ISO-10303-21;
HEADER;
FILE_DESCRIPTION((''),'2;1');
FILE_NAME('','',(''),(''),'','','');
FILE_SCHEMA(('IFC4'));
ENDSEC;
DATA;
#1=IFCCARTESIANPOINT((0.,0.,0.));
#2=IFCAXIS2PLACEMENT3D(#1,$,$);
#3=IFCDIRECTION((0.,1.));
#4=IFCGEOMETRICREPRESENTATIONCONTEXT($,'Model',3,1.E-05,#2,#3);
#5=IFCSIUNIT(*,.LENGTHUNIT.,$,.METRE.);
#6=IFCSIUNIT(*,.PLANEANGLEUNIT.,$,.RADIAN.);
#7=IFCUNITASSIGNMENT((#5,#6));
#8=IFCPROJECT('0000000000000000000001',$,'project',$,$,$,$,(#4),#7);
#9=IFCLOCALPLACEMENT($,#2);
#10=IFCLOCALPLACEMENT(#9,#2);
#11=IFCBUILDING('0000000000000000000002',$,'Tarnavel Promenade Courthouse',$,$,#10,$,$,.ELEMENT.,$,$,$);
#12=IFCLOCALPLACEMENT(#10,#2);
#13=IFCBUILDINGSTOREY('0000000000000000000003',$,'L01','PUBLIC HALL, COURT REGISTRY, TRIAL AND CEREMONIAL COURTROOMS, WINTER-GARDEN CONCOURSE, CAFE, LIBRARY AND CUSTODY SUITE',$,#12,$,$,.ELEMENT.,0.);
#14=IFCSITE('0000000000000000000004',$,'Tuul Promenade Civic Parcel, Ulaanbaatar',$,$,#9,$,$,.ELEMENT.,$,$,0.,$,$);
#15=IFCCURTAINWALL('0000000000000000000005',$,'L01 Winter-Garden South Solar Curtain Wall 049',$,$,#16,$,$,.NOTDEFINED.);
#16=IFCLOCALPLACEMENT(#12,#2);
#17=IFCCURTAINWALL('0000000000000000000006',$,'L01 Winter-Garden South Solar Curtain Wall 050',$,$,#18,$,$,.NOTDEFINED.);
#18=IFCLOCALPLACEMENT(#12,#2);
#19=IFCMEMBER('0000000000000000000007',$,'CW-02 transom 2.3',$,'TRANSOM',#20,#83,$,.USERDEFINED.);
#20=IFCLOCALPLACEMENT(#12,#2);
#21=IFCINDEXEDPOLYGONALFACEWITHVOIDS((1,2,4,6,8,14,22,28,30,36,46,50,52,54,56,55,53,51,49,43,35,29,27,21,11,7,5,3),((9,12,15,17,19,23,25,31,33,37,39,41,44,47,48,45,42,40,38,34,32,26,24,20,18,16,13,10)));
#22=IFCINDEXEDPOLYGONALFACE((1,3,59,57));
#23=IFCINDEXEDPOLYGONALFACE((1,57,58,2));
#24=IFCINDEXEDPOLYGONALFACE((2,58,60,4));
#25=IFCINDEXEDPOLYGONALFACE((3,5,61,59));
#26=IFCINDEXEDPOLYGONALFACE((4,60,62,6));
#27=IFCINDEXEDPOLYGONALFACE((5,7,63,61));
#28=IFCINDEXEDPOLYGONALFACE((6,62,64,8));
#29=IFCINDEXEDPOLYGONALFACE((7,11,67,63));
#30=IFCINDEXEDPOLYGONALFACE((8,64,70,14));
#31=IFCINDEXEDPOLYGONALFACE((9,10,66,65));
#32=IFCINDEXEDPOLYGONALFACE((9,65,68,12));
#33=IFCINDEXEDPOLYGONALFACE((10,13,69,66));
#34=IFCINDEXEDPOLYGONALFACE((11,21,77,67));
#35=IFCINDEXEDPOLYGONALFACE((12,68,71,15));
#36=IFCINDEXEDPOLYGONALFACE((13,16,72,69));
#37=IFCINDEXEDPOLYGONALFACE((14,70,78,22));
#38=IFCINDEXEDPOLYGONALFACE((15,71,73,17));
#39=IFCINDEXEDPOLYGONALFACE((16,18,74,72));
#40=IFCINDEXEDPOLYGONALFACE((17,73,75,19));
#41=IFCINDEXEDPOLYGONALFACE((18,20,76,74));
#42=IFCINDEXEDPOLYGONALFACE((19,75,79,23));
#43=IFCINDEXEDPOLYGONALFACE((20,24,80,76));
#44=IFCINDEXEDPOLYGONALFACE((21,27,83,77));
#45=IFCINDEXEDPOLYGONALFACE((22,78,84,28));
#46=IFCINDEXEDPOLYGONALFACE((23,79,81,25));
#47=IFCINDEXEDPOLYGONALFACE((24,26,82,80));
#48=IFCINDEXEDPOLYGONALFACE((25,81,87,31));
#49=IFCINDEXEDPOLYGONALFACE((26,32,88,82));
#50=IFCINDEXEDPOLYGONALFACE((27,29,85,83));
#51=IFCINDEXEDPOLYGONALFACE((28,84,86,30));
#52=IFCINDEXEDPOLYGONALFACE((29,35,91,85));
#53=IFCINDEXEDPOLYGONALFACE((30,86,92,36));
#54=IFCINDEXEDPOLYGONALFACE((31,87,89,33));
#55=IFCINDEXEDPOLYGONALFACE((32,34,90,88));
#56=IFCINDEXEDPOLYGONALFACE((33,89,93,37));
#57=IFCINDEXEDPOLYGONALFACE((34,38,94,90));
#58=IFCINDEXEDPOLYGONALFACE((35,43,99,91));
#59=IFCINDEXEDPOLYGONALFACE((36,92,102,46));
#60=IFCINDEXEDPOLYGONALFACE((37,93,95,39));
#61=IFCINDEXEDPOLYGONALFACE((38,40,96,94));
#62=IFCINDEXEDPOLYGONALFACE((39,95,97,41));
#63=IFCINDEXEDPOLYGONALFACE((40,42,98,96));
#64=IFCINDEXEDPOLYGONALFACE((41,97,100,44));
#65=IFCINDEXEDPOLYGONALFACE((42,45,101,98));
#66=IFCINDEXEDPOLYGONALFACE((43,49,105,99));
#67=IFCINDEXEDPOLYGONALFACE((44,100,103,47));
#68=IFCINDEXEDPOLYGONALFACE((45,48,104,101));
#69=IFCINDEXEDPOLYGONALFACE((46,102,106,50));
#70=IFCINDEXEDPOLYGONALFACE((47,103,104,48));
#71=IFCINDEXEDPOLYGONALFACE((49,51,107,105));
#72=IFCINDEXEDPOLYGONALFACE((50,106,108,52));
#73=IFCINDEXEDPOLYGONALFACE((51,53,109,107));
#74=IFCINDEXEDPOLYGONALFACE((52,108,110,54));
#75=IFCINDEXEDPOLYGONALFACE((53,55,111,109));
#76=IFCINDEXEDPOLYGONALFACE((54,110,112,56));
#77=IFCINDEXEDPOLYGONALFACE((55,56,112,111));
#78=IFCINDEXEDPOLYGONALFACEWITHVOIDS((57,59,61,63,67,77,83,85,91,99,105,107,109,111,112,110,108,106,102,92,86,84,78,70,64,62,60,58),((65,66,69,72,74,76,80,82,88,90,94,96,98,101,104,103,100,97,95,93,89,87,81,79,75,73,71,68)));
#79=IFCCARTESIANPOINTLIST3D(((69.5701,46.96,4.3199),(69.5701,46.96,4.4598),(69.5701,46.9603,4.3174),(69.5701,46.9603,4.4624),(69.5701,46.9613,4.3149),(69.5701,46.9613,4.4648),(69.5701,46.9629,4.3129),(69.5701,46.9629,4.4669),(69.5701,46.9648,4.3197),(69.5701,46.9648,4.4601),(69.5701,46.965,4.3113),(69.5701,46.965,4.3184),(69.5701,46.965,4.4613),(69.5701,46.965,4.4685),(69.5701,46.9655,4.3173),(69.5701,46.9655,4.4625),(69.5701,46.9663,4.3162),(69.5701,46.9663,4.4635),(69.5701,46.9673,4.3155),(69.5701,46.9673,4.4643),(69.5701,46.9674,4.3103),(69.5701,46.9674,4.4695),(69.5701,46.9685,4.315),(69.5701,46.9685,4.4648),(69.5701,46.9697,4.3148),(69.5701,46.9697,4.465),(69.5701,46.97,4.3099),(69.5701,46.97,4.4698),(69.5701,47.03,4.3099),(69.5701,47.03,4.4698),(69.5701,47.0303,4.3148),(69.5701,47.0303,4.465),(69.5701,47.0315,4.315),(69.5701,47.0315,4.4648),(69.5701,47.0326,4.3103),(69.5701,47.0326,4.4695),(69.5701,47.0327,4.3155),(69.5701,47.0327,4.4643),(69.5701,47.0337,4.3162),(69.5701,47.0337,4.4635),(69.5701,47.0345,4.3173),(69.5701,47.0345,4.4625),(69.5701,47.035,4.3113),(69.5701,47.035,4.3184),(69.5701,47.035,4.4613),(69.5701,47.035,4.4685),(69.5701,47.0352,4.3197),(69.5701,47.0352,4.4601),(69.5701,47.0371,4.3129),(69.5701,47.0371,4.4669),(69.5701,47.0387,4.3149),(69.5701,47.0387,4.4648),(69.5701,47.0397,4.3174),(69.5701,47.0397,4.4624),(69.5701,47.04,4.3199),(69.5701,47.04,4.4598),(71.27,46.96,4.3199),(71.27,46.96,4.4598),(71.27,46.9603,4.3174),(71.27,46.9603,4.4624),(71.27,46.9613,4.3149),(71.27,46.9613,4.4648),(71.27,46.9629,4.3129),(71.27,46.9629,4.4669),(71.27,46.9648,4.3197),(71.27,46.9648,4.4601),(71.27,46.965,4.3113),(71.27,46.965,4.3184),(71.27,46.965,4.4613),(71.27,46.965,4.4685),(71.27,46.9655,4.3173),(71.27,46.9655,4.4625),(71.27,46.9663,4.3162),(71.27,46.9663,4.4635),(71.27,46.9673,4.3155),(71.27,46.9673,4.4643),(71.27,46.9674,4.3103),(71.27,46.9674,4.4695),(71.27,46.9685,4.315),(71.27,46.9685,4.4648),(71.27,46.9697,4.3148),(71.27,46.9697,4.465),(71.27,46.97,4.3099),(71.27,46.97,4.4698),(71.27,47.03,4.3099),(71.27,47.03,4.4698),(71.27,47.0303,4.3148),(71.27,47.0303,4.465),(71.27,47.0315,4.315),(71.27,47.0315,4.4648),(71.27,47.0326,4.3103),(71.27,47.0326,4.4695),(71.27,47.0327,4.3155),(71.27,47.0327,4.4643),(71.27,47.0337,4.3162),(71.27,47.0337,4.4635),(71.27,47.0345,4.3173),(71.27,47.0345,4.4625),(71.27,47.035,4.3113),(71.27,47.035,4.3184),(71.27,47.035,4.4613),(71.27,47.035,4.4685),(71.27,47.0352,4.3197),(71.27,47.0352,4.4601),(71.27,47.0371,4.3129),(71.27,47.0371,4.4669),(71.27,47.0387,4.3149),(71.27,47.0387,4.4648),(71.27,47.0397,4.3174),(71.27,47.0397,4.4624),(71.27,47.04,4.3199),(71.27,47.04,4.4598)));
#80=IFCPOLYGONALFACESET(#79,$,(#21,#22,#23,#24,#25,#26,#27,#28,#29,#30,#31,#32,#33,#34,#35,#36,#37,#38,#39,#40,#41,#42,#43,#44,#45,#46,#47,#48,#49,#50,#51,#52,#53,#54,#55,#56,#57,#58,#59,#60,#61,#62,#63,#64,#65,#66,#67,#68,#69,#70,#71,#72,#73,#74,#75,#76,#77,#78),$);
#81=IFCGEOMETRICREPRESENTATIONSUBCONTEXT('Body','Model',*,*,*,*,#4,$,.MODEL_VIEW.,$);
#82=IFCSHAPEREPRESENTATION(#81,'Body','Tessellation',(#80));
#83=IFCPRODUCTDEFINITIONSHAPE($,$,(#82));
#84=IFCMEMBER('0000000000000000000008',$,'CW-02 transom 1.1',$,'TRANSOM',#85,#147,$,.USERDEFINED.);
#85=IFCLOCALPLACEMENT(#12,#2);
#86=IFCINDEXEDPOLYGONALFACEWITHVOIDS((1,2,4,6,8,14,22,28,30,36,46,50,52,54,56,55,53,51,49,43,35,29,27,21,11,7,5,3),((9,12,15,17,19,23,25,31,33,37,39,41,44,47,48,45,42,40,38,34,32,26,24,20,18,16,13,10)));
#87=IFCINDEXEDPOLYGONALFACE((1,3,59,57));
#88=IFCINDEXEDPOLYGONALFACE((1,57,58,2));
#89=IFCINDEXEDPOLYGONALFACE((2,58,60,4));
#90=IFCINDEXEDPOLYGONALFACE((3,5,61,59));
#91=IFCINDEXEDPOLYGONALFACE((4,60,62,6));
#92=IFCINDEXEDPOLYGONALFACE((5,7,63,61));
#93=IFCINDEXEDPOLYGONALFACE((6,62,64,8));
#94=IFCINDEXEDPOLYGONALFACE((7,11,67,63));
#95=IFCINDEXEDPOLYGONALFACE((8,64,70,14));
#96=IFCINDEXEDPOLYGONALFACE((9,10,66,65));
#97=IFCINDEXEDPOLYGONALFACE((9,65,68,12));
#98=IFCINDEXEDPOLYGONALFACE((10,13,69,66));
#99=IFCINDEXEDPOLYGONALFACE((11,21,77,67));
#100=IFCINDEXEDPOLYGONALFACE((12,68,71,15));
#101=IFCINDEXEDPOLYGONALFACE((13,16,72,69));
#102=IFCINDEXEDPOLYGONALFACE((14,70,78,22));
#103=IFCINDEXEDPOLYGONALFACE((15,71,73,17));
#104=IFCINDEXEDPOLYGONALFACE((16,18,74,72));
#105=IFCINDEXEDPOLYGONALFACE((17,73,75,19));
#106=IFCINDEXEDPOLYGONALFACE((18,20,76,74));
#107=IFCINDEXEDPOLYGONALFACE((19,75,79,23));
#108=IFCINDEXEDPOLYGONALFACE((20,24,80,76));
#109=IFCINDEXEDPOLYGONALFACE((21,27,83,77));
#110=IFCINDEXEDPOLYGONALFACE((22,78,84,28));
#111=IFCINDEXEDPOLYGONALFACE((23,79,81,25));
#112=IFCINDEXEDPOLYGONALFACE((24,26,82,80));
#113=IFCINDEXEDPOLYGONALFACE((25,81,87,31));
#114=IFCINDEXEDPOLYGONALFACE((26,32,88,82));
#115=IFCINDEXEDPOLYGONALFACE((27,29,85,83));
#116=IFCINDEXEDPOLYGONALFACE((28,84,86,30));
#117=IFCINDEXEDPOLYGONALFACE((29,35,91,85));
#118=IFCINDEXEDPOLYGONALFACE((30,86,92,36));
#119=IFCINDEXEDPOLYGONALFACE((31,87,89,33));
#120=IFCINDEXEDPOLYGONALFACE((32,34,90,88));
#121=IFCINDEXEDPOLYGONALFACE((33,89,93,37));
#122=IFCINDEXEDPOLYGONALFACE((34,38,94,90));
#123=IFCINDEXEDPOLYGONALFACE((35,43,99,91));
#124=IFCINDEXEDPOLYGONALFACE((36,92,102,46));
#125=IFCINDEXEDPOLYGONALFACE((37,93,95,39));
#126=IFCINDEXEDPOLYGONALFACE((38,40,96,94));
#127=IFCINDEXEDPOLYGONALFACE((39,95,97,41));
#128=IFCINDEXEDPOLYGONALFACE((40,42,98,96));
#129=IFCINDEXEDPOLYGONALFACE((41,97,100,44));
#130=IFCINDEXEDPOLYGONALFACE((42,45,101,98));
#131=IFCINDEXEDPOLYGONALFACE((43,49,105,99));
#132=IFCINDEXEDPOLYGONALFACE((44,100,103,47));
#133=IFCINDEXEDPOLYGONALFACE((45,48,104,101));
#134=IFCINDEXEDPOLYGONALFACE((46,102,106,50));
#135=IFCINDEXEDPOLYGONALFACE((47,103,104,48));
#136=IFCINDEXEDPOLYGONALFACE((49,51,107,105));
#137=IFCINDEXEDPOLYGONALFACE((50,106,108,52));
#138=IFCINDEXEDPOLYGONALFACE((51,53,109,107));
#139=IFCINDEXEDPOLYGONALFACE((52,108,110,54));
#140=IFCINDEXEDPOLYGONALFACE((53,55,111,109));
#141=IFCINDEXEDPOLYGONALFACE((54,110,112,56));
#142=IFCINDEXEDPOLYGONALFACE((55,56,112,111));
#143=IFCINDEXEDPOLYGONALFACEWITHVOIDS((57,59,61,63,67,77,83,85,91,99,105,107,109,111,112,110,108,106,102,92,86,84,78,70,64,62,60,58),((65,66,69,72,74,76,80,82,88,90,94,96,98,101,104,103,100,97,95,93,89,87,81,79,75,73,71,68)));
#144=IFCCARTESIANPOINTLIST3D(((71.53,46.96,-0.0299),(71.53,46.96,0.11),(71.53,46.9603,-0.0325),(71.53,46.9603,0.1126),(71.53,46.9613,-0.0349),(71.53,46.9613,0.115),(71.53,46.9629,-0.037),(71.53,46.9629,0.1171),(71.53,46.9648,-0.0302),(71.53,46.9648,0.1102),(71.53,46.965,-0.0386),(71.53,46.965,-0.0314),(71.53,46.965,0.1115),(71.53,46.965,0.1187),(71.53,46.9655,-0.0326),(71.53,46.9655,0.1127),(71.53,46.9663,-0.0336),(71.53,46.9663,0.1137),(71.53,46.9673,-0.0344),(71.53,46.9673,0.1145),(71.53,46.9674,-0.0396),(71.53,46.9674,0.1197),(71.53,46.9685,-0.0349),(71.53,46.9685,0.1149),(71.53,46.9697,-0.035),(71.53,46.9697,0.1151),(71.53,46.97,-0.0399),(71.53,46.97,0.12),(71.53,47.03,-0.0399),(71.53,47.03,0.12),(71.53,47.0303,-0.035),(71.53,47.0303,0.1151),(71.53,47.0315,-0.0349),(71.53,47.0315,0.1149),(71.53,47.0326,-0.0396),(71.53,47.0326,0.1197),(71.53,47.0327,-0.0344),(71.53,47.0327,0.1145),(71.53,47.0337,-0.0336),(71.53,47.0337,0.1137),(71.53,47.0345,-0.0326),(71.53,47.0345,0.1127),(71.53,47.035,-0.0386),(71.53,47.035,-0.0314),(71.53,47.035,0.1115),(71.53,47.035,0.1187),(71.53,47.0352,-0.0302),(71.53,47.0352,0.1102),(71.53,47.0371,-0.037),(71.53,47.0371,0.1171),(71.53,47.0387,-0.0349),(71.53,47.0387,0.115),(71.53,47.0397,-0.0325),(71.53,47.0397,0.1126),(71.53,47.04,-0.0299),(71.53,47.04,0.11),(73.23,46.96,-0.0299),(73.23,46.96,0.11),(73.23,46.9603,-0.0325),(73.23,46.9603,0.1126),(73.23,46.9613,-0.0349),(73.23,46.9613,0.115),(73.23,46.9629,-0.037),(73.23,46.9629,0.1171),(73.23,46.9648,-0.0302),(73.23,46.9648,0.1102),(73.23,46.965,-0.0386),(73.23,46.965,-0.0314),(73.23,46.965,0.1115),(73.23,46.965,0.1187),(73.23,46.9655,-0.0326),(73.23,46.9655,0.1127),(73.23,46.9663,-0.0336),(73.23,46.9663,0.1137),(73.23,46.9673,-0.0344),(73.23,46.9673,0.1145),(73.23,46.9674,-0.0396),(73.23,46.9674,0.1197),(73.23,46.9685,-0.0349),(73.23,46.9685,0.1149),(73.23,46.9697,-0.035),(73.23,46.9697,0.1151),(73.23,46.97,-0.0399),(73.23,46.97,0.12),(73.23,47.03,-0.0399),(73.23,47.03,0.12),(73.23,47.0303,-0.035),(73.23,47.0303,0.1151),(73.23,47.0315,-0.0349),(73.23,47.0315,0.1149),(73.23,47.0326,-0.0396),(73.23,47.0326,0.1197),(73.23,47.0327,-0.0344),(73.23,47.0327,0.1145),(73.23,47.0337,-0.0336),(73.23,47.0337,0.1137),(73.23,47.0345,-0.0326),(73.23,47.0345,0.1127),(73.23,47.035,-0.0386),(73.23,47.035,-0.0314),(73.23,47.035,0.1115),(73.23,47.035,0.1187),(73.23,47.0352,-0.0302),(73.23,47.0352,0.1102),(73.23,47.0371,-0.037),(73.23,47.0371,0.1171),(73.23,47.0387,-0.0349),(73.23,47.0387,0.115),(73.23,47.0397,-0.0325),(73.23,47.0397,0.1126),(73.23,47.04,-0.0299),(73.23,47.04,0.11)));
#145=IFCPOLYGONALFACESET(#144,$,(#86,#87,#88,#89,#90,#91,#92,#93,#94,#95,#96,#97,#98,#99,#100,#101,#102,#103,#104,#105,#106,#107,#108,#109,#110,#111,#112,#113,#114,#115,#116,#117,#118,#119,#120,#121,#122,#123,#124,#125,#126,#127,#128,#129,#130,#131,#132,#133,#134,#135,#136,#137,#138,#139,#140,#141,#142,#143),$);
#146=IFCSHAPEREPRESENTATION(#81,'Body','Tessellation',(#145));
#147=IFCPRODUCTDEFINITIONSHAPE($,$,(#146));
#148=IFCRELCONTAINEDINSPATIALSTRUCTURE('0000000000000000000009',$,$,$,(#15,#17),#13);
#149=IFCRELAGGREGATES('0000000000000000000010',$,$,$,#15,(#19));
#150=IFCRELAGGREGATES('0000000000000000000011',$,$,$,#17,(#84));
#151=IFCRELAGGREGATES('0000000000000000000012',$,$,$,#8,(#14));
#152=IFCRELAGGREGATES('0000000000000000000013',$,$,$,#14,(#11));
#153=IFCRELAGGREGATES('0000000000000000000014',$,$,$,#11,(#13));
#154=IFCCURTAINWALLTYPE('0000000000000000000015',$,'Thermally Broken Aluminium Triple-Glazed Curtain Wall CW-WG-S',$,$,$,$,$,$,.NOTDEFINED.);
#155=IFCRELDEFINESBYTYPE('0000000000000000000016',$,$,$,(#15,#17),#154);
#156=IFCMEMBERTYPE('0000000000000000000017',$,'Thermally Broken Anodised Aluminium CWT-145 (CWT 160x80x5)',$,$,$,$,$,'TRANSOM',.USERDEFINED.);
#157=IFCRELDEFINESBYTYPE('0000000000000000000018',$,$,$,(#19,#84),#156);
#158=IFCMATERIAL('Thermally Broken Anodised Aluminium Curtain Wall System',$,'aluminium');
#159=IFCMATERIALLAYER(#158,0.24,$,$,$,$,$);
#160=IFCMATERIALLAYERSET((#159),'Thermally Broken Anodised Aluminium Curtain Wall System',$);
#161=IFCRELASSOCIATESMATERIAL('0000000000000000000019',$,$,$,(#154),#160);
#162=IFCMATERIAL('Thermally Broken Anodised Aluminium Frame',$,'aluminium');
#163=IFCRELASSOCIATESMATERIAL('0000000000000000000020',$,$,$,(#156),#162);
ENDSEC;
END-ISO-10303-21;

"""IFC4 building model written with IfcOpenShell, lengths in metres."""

from ifc_helpers import new_model, si_unit, direction, frame, origin, origin_2d, place, context, subcontext, project, spatial, hollow_rectangle, extrude, material, layer, layer_set, material_profile, profile_set, type_object, element, aggregate, save


model = new_model("IFC4")

# Units and contexts
model_context = context("Model", 3, precision=1e-05, world=origin(), true_north=direction((0.0, 1.0)))
body_context = subcontext(model_context, "Body", "Model", "MODEL_VIEW")
ifc_project = project(units=[si_unit("LENGTHUNIT", "METRE"), si_unit("PLANEANGLEUNIT", "RADIAN")], contexts=[model_context])

# Site, building, storey
site_placement = place(None, origin())
site = spatial("IfcSite", under=ifc_project, at=site_placement, Name="Tuul Promenade Civic Parcel, Ulaanbaatar", CompositionType="ELEMENT", RefElevation=0.0)
building_placement = place(site_placement, origin())
building = spatial("IfcBuilding", under=site, at=building_placement, Name="Tarnavel Promenade Courthouse", CompositionType="ELEMENT")
storey_placement = place(building_placement, origin())
storey = spatial("IfcBuildingStorey", under=building, at=storey_placement, Name="L01", Description="PUBLIC HALL, COURT REGISTRY, TRIAL AND CEREMONIAL COURTROOMS, WINTER-GARDEN CONCOURSE, CAFE, LIBRARY AND CUSTODY SUITE", CompositionType="ELEMENT", Elevation=0.0)

# Curtain wall
ifc_material_1 = material(Name="Thermally Broken Anodised Aluminium Curtain Wall System", Category="aluminium")
ifc_layer_1 = layer(ifc_material_1, 0.24)
ifc_layer_set_1 = layer_set([ifc_layer_1], Name="Thermally Broken Anodised Aluminium Curtain Wall System")
curtain_wall_type = type_object("IfcCurtainWallType", Name="Thermally Broken Aluminium Triple-Glazed Curtain Wall CW-WG-S", PredefinedType="NOTDEFINED", material=ifc_layer_set_1)
curtain_wall_1_placement = place(storey_placement, origin())
curtain_wall_1 = element("IfcCurtainWall", 1, at=curtain_wall_1_placement, inside=storey, type_object=curtain_wall_type, Name="L01 Winter-Garden South Solar Curtain Wall 049", PredefinedType="NOTDEFINED")
ifc_material_2 = material(Name="Thermally Broken Anodised Aluminium Frame", Category="aluminium")

# Curtain wall
curtain_wall_2_placement = place(storey_placement, origin())
curtain_wall_2 = element("IfcCurtainWall", 2, at=curtain_wall_2_placement, inside=storey, type_object=curtain_wall_type, Name="L01 Winter-Garden South Solar Curtain Wall 050", PredefinedType="NOTDEFINED")

# Members
ifc_material_profile_1 = material_profile(ifc_material_2, hollow_rectangle(XDim=0.0801, YDim=0.1599, WallThickness=0.0049, InnerFilletRadius=0.0049, OuterFilletRadius=0.01, at=origin_2d()), Name="CWT 160x80x5")
ifc_profile_set_1 = profile_set([ifc_material_profile_1], Name="Thermally Broken Anodised Aluminium Frame")
member_type_1 = type_object("IfcMemberType", Name="Thermally Broken Anodised Aluminium CWT-145 (CWT 160x80x5)", ElementType="TRANSOM", PredefinedType="USERDEFINED", material=ifc_profile_set_1)
member_1_placement = place(storey_placement, frame((69.5701, 47.0, 4.3899), z_axis=(1.0, 0.0, 0.0), x_axis=(0.0, 1.0, 0.0)))
member_1 = element("IfcMember", 3, at=member_1_placement, type_object=member_type_1, Name="CW-02 transom 2.3", ObjectType="TRANSOM", PredefinedType="USERDEFINED", context=body_context, shape_type="SweptSolid", body=[
    extrude(hollow_rectangle(XDim=0.0801, YDim=0.1599, WallThickness=0.0049, InnerFilletRadius=0.0049, OuterFilletRadius=0.01, at=origin_2d()), origin(), (0.0, 0.0, 1.0), 1.7),
])
member_2_placement = place(storey_placement, frame((71.53, 47.0, 0.04), z_axis=(1.0, 0.0, 0.0), x_axis=(0.0, 1.0, 0.0)))
member_2 = element("IfcMember", 4, at=member_2_placement, type_object=member_type_1, Name="CW-02 transom 1.1", ObjectType="TRANSOM", PredefinedType="USERDEFINED", context=body_context, shape_type="SweptSolid", body=[
    extrude(hollow_rectangle(XDim=0.0801, YDim=0.1599, WallThickness=0.0049, InnerFilletRadius=0.0049, OuterFilletRadius=0.01, at=origin_2d()), origin(), (0.0, 0.0, 1.0), 1.7),
])

aggregate(curtain_wall_1, [member_1])
aggregate(curtain_wall_2, [member_2])

save(model, "model.ifc")
